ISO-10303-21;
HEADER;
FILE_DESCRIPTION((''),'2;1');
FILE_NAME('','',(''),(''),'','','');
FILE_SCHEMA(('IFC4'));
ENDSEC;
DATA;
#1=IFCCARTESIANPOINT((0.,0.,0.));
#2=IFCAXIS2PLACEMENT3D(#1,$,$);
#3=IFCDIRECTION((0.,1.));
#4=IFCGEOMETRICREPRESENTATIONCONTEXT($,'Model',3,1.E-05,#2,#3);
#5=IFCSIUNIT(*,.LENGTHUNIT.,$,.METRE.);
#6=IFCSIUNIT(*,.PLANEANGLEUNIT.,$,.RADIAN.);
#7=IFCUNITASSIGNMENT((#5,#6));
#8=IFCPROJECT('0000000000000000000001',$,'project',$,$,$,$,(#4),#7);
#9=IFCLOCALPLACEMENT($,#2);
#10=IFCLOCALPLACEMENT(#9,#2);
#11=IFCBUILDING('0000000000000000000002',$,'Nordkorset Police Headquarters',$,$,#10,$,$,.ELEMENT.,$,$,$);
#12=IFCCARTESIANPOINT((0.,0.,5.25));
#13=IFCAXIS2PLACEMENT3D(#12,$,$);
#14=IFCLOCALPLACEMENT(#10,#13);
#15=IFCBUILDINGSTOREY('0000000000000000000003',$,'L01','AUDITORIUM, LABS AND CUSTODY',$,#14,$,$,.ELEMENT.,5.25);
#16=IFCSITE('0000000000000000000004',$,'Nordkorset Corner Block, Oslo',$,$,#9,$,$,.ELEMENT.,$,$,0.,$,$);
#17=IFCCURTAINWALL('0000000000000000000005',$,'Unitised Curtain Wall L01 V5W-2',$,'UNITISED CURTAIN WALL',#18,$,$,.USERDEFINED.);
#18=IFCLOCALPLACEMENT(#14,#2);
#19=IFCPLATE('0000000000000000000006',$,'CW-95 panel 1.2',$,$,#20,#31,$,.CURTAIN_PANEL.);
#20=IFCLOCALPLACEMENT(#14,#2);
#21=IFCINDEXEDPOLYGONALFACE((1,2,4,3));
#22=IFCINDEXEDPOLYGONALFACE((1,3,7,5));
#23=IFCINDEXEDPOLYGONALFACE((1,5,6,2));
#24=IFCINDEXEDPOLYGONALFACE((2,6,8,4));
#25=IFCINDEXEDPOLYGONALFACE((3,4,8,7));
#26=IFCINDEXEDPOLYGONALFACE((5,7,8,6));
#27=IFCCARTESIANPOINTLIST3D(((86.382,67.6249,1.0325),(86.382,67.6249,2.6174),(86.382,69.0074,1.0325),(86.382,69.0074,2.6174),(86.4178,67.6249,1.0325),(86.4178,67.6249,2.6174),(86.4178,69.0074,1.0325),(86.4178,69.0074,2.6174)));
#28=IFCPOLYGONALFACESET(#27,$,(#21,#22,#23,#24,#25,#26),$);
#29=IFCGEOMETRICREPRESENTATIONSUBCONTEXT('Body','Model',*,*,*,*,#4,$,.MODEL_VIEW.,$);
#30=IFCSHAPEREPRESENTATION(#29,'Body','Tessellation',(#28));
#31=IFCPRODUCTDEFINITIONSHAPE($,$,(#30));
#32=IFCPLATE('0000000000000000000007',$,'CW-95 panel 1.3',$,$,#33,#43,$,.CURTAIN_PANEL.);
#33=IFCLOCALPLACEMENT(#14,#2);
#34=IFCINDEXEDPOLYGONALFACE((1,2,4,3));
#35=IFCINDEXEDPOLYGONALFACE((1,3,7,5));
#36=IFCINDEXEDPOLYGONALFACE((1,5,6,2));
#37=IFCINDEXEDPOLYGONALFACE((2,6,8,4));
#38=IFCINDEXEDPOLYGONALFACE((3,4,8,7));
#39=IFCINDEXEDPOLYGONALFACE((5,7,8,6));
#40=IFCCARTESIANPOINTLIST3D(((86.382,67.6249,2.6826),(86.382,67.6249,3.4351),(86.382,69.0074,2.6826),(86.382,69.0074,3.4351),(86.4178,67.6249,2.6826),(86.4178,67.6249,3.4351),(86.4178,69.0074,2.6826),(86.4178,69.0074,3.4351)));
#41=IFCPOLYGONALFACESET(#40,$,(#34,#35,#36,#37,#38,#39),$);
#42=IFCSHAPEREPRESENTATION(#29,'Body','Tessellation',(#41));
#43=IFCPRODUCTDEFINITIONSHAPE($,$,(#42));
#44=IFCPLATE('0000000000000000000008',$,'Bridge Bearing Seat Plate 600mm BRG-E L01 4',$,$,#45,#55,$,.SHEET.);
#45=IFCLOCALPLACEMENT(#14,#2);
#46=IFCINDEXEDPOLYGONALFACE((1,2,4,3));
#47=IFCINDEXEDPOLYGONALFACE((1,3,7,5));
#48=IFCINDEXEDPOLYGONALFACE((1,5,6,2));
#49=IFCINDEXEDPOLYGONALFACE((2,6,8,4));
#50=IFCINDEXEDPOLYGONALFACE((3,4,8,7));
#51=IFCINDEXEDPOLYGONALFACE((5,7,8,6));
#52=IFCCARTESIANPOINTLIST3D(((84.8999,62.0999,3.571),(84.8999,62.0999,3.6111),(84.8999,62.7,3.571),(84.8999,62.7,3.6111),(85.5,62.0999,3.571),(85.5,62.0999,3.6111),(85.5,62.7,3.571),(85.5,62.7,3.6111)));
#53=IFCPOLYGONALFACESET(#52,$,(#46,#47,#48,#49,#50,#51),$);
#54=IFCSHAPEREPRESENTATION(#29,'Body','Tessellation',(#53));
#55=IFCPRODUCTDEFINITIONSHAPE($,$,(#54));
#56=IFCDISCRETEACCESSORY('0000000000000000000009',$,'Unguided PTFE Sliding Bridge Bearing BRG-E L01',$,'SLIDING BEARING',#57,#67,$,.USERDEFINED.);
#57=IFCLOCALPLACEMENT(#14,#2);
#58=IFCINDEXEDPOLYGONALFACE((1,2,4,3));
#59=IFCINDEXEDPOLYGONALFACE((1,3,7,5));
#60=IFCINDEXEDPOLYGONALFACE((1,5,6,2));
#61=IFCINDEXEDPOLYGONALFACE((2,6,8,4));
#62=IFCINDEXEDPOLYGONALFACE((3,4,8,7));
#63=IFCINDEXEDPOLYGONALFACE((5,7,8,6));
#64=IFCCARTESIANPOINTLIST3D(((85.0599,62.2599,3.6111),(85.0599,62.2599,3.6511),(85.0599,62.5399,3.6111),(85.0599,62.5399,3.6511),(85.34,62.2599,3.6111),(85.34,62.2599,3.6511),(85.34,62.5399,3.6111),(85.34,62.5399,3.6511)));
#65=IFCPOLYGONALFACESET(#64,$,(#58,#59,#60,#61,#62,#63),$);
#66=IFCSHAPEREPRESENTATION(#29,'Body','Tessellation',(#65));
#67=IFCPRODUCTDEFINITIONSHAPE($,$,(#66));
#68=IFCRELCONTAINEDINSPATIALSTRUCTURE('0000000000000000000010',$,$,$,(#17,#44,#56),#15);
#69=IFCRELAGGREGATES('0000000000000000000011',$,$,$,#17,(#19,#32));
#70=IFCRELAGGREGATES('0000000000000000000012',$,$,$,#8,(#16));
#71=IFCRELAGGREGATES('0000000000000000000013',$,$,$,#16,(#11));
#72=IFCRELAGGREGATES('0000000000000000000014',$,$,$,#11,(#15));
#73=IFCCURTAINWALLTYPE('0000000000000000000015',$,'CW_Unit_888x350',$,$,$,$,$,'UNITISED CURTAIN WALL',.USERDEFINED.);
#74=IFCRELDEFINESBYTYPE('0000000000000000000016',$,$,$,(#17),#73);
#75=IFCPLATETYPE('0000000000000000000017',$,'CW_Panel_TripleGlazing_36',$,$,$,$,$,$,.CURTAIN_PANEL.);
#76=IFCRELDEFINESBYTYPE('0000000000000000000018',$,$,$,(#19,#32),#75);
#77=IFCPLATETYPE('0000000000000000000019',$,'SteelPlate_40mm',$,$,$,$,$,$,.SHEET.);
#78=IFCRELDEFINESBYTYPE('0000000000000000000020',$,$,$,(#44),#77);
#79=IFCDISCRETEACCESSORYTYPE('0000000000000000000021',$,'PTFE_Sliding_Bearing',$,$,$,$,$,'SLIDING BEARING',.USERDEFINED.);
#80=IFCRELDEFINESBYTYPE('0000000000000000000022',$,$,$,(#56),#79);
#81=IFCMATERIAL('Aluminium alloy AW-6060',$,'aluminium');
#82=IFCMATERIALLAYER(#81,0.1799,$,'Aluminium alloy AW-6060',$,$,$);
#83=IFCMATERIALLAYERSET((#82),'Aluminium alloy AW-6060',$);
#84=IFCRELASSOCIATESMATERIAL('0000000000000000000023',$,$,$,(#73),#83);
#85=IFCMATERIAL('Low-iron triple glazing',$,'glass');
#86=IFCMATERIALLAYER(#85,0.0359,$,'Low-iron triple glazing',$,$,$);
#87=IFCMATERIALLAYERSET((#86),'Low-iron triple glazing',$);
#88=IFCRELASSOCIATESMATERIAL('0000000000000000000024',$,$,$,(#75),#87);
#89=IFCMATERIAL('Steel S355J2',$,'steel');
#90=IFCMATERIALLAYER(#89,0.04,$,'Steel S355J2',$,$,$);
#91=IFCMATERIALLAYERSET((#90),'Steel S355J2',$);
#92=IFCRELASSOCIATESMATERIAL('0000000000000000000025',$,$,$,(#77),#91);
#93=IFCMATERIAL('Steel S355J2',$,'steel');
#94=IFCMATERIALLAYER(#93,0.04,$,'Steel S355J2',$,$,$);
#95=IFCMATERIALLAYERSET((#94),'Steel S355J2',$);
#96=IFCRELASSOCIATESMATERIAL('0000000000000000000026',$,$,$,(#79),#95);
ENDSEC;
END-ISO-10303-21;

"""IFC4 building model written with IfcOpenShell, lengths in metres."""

from ifc_helpers import new_model, si_unit, direction, frame, origin, origin_2d, place, context, subcontext, project, spatial, rectangle, extrude, material, layer, layer_set, type_object, element, aggregate, save


model = new_model("IFC4")

# Units and contexts
model_context = context("Model", 3, precision=1e-05, world=origin(), true_north=direction((0.0, 1.0)))
body_context = subcontext(model_context, "Body", "Model", "MODEL_VIEW")
ifc_project = project(units=[si_unit("LENGTHUNIT", "METRE"), si_unit("PLANEANGLEUNIT", "RADIAN")], contexts=[model_context])

# Site, building, storey
site_placement = place(None, origin())
site = spatial("IfcSite", under=ifc_project, at=site_placement, Name="Nordkorset Corner Block, Oslo", CompositionType="ELEMENT", RefElevation=0.0)
building_placement = place(site_placement, origin())
building = spatial("IfcBuilding", under=site, at=building_placement, Name="Nordkorset Police Headquarters", CompositionType="ELEMENT")
storey_placement = place(building_placement, frame((0.0, 0.0, 5.25)))
storey = spatial("IfcBuildingStorey", under=building, at=storey_placement, Name="L01", Description="AUDITORIUM, LABS AND CUSTODY", CompositionType="ELEMENT", Elevation=5.25)

# Curtain wall
ifc_material_1 = material(Name="Aluminium alloy AW-6060", Category="aluminium")
ifc_layer_1 = layer(ifc_material_1, 0.1799, Name="Aluminium alloy AW-6060")
ifc_layer_set_1 = layer_set([ifc_layer_1], Name="Aluminium alloy AW-6060")
curtain_wall_type_1 = type_object("IfcCurtainWallType", Name="CW_Unit_888x350", ElementType="UNITISED CURTAIN WALL", PredefinedType="USERDEFINED", material=ifc_layer_set_1)
curtain_wall_1_placement = place(storey_placement, origin())
curtain_wall_1 = element("IfcCurtainWall", 1, at=curtain_wall_1_placement, inside=storey, type_object=curtain_wall_type_1, Name="Unitised Curtain Wall L01 V5W-2", ObjectType="UNITISED CURTAIN WALL", PredefinedType="USERDEFINED")

# Plates
ifc_material_2 = material(Name="Low-iron triple glazing", Category="glass")
ifc_layer_2 = layer(ifc_material_2, 0.0359, Name="Low-iron triple glazing")
ifc_layer_set_2 = layer_set([ifc_layer_2], Name="Low-iron triple glazing")
plate_type_1 = type_object("IfcPlateType", Name="CW_Panel_TripleGlazing_36", PredefinedType="CURTAIN_PANEL", material=ifc_layer_set_2)
plate_1_placement = place(storey_placement, frame((86.3999, 68.3162, 1.0325), z_axis=(0.0, 0.0, 1.0), x_axis=(0.0, 1.0, 0.0)))
plate_1 = element("IfcPlate", 2, at=plate_1_placement, type_object=plate_type_1, Name="CW-95 panel 1.2", PredefinedType="CURTAIN_PANEL", context=body_context, shape_type="SweptSolid", body=[
    extrude(rectangle(XDim=1.3826, YDim=0.0359, at=origin_2d()), origin(), (0.0, 0.0, 1.0), 1.585),
])
plate_2_placement = place(storey_placement, frame((86.3999, 68.3162, 2.6826), z_axis=(0.0, 0.0, 1.0), x_axis=(0.0, 1.0, 0.0)))
plate_2 = element("IfcPlate", 3, at=plate_2_placement, type_object=plate_type_1, Name="CW-95 panel 1.3", PredefinedType="CURTAIN_PANEL", context=body_context, shape_type="SweptSolid", body=[
    extrude(rectangle(XDim=1.3826, YDim=0.0359, at=origin_2d()), origin(), (0.0, 0.0, 1.0), 0.7524),
])
aggregate(curtain_wall_1, [plate_1, plate_2])
ifc_material_3 = material(Name="Steel S355J2", Category="steel")
ifc_layer_3 = layer(ifc_material_3, 0.04, Name="Steel S355J2")
ifc_layer_set_3 = layer_set([ifc_layer_3], Name="Steel S355J2")
plate_type_2 = type_object("IfcPlateType", Name="SteelPlate_40mm", PredefinedType="SHEET", material=ifc_layer_set_3)
plate_3_placement = place(storey_placement, frame((85.2, 62.3999, 3.571), z_axis=(0.0, 0.0, 1.0), x_axis=(1.0, 0.0, 0.0)))
element("IfcPlate", 4, at=plate_3_placement, inside=storey, type_object=plate_type_2, Name="Bridge Bearing Seat Plate 600mm BRG-E L01 4", PredefinedType="SHEET", context=body_context, shape_type="SweptSolid", body=[
    extrude(rectangle(XDim=0.6001, YDim=0.6001, at=origin_2d()), origin(), (0.0, 0.0, 1.0), 0.04),
])

# Discrete accessory
ifc_material_4 = material(Name="Steel S355J2", Category="steel")
ifc_layer_4 = layer(ifc_material_4, 0.04, Name="Steel S355J2")
ifc_layer_set_4 = layer_set([ifc_layer_4], Name="Steel S355J2")
discrete_accessory_type = type_object("IfcDiscreteAccessoryType", Name="PTFE_Sliding_Bearing", ElementType="SLIDING BEARING", PredefinedType="USERDEFINED", material=ifc_layer_set_4)
discrete_accessory_placement = place(storey_placement, frame((85.2, 62.3999, 3.6111), z_axis=(0.0, 0.0, 1.0), x_axis=(1.0, 0.0, 0.0)))
element("IfcDiscreteAccessory", 5, at=discrete_accessory_placement, inside=storey, type_object=discrete_accessory_type, Name="Unguided PTFE Sliding Bridge Bearing BRG-E L01", ObjectType="SLIDING BEARING", PredefinedType="USERDEFINED", context=body_context, shape_type="SweptSolid", body=[
    extrude(rectangle(XDim=0.28, YDim=0.28, at=origin_2d()), origin(), (0.0, 0.0, 1.0), 0.04),
])

save(model, "model.ifc")
